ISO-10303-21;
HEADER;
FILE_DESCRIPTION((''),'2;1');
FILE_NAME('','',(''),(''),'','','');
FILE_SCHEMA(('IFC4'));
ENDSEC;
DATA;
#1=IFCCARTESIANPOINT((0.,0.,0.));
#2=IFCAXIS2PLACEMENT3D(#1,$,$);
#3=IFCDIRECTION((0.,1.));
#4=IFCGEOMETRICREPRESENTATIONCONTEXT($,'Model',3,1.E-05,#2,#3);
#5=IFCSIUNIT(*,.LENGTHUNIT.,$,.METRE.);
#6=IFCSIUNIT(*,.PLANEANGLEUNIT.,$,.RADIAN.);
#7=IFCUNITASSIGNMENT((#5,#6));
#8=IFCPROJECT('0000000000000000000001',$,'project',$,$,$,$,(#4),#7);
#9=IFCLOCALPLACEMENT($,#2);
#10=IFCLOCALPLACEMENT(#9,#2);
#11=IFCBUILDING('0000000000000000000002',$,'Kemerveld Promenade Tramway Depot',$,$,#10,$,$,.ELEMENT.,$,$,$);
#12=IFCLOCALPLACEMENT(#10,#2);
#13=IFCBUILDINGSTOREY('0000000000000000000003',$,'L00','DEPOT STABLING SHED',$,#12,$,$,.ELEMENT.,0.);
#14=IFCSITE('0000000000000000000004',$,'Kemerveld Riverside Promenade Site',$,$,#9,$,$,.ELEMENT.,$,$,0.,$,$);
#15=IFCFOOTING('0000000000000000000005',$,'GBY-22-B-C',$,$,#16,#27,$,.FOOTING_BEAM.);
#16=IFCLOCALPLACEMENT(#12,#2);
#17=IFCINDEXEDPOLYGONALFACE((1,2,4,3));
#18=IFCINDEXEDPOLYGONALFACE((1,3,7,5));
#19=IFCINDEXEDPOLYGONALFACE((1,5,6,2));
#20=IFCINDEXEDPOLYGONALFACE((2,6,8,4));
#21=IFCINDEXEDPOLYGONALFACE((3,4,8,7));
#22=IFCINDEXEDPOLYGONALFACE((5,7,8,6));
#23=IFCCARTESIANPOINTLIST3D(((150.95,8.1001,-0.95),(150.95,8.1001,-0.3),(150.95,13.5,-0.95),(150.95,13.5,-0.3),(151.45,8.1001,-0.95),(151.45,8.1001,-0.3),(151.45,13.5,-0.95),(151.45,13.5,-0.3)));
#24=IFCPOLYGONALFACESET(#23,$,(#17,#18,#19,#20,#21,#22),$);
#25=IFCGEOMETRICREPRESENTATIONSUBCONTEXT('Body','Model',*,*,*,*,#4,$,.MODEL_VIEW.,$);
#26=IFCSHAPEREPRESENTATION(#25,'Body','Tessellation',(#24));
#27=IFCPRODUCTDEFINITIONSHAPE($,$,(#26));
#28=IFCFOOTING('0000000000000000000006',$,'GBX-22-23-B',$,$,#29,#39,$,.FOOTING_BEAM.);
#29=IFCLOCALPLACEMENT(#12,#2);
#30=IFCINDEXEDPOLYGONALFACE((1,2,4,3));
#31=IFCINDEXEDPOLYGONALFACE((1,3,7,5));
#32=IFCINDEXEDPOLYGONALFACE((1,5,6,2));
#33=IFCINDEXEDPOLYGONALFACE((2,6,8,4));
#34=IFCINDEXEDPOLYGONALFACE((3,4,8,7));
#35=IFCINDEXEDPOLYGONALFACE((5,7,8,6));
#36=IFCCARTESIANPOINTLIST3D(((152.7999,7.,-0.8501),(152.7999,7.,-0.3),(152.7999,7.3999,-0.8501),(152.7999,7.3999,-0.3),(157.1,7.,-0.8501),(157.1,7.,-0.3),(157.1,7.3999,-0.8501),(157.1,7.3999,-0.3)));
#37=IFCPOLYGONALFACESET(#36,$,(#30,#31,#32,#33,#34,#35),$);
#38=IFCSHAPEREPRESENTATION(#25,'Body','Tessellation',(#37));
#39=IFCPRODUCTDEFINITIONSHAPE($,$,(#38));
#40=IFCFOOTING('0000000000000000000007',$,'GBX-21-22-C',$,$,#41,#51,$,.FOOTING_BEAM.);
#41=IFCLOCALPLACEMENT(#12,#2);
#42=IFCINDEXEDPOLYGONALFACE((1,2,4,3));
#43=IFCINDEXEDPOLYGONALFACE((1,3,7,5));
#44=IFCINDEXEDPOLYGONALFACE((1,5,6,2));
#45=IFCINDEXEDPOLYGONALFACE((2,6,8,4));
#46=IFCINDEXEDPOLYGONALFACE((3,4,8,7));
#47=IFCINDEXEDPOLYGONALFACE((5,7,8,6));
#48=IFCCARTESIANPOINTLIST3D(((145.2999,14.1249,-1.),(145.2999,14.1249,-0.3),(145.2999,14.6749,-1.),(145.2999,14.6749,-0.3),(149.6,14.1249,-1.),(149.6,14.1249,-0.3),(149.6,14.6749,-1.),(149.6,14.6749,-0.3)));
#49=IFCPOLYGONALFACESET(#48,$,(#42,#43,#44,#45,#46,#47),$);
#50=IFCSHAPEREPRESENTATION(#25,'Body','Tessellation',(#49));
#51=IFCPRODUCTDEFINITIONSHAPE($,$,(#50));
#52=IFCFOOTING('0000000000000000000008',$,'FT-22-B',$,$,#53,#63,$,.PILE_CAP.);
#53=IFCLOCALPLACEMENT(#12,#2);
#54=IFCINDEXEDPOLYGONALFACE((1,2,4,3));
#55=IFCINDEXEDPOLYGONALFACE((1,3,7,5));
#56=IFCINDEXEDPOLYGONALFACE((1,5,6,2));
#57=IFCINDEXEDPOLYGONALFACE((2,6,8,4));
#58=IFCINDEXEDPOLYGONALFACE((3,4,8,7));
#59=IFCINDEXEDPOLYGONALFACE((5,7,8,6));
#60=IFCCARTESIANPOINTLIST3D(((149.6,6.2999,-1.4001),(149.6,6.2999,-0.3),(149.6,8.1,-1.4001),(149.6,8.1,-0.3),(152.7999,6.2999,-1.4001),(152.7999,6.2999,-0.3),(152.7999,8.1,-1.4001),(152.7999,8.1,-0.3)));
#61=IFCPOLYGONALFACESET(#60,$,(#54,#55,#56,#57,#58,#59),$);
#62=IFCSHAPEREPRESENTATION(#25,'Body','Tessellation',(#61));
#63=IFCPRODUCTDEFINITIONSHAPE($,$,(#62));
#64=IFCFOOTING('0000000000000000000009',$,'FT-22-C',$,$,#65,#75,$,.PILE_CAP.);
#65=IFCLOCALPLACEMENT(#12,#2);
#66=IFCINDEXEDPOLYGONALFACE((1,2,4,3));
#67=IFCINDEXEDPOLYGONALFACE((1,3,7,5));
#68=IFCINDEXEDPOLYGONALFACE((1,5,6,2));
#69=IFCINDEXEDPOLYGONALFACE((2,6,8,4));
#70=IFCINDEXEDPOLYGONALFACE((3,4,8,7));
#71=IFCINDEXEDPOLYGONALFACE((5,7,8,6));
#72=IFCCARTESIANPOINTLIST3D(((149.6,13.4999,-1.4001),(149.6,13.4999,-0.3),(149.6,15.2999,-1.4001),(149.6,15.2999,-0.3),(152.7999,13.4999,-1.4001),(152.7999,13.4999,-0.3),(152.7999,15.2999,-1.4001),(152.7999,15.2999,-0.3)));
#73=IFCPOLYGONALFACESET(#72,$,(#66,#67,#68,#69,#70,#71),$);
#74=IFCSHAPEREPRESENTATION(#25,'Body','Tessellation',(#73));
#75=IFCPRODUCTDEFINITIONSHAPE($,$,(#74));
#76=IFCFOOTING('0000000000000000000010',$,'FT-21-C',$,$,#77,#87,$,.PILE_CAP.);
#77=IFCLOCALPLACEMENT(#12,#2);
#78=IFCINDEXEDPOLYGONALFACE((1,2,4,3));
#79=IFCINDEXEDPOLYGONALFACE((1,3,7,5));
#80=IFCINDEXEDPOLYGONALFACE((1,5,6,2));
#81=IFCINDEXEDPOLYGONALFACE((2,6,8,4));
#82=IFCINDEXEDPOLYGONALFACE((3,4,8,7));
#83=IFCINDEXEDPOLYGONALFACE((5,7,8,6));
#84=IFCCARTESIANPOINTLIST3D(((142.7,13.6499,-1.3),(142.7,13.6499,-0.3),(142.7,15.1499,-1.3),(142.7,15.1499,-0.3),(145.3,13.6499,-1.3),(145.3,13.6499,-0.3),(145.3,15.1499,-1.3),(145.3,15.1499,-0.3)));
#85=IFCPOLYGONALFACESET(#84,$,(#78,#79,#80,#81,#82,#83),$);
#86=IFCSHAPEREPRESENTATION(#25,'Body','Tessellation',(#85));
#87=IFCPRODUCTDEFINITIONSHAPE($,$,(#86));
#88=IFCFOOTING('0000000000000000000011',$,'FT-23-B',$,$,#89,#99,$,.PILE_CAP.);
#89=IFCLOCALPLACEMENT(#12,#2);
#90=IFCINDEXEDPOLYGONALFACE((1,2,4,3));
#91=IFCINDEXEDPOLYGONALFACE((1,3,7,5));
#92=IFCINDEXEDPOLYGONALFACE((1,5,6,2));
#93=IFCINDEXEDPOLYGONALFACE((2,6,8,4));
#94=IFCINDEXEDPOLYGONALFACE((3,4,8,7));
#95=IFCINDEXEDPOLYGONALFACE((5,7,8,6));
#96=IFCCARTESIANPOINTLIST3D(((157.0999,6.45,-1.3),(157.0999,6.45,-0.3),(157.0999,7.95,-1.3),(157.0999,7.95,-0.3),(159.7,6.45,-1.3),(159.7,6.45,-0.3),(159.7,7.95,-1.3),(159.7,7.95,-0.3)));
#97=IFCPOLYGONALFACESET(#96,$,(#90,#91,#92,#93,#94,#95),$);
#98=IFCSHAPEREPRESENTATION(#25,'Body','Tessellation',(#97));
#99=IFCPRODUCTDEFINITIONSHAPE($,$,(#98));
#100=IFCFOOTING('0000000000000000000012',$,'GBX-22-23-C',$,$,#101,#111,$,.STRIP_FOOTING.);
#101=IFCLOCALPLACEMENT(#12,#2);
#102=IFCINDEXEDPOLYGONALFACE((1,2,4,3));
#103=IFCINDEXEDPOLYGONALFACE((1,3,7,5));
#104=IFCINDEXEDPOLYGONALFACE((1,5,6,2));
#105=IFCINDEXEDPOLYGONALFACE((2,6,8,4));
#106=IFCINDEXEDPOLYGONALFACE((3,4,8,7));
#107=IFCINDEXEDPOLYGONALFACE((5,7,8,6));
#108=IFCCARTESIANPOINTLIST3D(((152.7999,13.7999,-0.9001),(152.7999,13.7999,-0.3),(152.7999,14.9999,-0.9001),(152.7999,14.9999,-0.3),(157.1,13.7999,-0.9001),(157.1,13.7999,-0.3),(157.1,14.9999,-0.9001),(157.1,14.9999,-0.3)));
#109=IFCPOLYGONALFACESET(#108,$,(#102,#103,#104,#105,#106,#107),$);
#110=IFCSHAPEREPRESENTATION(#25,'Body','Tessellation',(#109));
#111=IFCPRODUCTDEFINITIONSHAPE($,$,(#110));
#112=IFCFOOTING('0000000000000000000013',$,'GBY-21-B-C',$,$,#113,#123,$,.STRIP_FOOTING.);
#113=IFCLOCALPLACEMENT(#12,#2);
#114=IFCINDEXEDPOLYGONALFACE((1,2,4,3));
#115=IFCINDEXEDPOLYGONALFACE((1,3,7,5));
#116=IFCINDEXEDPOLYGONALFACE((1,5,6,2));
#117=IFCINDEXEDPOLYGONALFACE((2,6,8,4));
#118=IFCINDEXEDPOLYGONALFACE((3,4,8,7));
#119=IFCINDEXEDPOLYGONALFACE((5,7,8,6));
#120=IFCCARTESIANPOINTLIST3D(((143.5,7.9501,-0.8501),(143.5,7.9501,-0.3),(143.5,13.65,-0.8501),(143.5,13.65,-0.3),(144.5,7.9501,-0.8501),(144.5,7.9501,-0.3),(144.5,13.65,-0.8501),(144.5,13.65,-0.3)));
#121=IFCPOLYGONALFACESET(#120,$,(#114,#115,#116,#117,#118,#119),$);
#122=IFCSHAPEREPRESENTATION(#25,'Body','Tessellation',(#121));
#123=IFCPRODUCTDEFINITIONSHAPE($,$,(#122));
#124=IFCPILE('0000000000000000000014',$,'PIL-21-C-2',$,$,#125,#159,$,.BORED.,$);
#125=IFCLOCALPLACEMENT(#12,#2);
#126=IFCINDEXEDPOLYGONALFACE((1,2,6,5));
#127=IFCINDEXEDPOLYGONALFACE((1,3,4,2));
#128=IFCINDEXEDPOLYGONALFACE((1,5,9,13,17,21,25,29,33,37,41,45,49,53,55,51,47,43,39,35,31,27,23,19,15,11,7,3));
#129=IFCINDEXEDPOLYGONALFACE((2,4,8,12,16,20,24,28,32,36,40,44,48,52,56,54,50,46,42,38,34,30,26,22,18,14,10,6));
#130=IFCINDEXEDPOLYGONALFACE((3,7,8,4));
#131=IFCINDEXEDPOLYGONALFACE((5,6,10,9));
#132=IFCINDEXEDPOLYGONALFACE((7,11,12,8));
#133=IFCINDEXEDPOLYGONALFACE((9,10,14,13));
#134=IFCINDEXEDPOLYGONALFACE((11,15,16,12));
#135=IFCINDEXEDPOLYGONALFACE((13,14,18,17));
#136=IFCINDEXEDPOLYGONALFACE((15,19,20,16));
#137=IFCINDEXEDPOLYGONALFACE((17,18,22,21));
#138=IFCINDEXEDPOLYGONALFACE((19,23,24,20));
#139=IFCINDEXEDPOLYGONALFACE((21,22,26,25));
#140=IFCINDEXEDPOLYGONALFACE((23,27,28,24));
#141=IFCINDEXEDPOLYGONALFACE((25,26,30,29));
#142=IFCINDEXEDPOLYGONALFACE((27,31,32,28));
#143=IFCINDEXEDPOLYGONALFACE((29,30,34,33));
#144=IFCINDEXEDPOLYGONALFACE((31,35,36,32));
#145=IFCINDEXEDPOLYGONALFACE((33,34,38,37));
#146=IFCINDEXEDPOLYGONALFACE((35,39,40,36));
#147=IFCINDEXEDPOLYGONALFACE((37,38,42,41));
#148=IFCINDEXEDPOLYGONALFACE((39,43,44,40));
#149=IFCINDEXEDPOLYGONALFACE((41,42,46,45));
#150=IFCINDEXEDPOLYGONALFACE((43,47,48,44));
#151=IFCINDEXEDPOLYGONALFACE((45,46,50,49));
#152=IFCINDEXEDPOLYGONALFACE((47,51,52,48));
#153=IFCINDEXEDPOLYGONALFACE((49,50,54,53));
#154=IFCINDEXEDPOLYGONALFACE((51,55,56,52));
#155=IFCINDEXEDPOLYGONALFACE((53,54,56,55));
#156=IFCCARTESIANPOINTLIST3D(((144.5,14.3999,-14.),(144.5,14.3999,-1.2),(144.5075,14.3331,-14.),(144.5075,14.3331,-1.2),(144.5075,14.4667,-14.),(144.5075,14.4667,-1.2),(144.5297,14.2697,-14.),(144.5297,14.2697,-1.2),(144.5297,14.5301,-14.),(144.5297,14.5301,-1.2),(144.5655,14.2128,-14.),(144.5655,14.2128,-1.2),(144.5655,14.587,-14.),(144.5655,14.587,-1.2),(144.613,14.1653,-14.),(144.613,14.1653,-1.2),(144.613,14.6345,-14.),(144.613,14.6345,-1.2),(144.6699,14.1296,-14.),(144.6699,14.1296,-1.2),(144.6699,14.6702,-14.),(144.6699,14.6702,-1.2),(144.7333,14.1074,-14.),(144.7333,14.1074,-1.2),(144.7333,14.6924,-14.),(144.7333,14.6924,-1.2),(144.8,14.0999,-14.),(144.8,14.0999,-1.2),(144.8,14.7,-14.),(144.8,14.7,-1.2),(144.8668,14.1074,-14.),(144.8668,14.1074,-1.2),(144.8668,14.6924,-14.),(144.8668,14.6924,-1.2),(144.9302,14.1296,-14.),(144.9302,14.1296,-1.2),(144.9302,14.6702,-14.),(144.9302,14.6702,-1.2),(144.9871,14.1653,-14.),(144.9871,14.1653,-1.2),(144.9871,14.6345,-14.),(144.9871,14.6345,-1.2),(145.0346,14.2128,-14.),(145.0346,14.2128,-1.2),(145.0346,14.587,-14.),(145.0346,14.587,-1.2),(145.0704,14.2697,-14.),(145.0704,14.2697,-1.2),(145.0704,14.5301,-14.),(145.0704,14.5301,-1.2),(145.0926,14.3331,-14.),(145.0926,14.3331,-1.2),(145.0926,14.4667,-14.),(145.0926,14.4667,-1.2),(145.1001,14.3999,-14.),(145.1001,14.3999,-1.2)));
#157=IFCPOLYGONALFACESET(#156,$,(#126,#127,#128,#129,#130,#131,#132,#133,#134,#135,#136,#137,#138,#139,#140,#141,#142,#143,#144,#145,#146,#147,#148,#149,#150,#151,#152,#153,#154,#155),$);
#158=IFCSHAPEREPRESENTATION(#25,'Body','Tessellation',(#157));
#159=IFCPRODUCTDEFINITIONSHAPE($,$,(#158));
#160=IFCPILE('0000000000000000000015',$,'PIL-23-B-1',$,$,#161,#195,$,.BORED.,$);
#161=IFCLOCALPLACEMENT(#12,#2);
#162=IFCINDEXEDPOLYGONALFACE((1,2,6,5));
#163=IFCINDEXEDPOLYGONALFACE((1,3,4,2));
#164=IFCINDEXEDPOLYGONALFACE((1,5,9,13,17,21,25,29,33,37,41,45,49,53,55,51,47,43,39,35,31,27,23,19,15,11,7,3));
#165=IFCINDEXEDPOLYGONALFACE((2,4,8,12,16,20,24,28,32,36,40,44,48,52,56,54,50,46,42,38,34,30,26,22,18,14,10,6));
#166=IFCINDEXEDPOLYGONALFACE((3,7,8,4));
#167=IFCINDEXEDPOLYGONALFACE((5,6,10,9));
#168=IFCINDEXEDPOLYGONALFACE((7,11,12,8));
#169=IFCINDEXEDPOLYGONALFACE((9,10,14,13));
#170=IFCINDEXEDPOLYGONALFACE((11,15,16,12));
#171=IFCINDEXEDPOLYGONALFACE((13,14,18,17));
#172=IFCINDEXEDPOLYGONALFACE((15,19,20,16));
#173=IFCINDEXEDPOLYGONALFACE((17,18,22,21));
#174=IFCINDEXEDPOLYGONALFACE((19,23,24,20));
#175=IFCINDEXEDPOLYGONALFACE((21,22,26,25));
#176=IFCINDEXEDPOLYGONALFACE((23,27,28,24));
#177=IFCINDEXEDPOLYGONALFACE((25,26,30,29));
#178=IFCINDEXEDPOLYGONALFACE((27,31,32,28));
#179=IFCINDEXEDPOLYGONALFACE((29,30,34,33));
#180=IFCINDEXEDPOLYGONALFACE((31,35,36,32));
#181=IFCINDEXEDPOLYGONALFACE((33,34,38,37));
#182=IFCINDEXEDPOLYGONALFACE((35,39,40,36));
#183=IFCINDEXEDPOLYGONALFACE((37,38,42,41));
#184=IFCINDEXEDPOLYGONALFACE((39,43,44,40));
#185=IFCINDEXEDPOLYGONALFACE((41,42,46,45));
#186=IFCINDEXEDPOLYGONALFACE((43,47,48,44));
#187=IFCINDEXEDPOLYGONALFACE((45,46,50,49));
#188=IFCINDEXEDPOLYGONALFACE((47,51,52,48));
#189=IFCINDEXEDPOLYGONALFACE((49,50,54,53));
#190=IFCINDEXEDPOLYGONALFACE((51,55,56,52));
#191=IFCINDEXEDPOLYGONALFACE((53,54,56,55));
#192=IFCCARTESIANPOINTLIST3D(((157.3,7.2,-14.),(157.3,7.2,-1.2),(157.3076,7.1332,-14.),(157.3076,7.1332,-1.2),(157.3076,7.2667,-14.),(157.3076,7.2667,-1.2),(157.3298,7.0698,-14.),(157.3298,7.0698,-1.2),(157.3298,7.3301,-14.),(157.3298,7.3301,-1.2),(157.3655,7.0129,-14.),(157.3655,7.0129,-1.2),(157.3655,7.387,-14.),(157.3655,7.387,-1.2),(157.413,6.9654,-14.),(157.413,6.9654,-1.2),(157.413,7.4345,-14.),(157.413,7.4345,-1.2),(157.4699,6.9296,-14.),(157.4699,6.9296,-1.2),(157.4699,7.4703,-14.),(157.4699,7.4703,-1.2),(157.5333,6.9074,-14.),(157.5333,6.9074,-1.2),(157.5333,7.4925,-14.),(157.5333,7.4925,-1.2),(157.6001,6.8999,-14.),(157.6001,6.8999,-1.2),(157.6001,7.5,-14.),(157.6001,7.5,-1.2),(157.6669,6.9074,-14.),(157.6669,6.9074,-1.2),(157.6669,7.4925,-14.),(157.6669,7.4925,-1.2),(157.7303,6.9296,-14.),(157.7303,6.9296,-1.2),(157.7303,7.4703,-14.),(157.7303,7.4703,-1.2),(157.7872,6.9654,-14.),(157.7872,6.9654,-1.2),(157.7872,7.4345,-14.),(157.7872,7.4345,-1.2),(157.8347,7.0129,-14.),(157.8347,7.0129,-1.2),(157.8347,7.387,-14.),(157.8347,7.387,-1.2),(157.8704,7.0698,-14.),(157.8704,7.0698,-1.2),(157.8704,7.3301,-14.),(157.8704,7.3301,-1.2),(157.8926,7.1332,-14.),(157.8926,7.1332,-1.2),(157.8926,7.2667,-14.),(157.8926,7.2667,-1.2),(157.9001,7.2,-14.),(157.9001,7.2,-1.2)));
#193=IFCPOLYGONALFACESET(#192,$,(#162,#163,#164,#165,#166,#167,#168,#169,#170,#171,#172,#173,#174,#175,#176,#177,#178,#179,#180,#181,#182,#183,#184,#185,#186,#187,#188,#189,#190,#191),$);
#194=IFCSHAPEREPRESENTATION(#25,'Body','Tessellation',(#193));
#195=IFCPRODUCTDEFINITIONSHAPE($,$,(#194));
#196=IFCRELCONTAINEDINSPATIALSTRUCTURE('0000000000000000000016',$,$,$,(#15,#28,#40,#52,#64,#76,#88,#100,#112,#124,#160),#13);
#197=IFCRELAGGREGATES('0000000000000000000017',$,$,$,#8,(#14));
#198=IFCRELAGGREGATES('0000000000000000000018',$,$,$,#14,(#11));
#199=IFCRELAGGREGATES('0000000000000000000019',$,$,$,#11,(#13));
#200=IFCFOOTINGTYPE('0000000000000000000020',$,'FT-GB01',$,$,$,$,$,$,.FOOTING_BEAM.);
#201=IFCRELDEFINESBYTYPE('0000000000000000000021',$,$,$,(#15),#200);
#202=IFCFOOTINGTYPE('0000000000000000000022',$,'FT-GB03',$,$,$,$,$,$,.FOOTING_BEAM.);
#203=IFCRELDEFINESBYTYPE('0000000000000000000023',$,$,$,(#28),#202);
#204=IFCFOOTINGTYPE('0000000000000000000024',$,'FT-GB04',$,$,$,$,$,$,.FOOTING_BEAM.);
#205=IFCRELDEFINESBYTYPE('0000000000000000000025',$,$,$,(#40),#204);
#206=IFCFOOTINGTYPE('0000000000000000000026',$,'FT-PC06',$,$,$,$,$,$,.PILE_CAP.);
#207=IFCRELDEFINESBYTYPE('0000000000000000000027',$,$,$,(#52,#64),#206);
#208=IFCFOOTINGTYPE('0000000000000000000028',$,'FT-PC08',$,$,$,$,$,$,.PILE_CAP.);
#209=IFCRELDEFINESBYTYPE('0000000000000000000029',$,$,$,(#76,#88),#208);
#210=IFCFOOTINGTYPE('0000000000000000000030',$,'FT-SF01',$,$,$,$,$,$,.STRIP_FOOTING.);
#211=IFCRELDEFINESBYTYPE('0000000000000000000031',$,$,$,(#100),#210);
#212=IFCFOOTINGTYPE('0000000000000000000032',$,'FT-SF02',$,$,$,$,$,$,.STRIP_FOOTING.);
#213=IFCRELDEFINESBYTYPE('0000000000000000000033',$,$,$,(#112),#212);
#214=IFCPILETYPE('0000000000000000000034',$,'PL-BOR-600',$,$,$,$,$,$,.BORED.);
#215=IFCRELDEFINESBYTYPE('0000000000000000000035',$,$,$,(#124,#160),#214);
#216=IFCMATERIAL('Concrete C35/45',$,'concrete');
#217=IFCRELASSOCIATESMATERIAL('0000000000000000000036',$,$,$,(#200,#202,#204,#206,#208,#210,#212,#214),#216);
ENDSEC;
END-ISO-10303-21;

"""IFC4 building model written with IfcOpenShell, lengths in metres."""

from ifc_helpers import new_model, si_unit, direction, frame, origin, origin_2d, place, context, subcontext, project, spatial, rectangle, circle, extrude, material, material_profile, profile_set, type_object, element, save


model = new_model("IFC4")

# Units and contexts
model_context = context("Model", 3, precision=1e-05, world=origin(), true_north=direction((0.0, 1.0)))
body_context = subcontext(model_context, "Body", "Model", "MODEL_VIEW")
ifc_project = project(units=[si_unit("LENGTHUNIT", "METRE"), si_unit("PLANEANGLEUNIT", "RADIAN")], contexts=[model_context])

# Site, building, storey
site_placement = place(None, origin())
site = spatial("IfcSite", under=ifc_project, at=site_placement, Name="Kemerveld Riverside Promenade Site", CompositionType="ELEMENT", RefElevation=0.0)
building_placement = place(site_placement, origin())
building = spatial("IfcBuilding", under=site, at=building_placement, Name="Kemerveld Promenade Tramway Depot", CompositionType="ELEMENT")
storey_placement = place(building_placement, origin())
storey = spatial("IfcBuildingStorey", under=building, at=storey_placement, Name="L00", Description="DEPOT STABLING SHED", CompositionType="ELEMENT", Elevation=0.0)

# Footings
ifc_material_1 = material(Name="Concrete C35/45", Category="concrete")
footing_type_1 = type_object("IfcFootingType", Name="FT-GB01", PredefinedType="FOOTING_BEAM", material=ifc_material_1)
footing_1_placement = place(storey_placement, frame((151.2, 10.8, -0.95), z_axis=(0.0, 0.0, 1.0), x_axis=(0.0, 1.0, 0.0)))
element("IfcFooting", 1, at=footing_1_placement, inside=storey, type_object=footing_type_1, Name="GBY-22-B-C", PredefinedType="FOOTING_BEAM", context=body_context, shape_type="SweptSolid", body=[
    extrude(rectangle(XDim=5.3999, YDim=0.5, at=origin_2d()), origin(), (0.0, 0.0, 1.0), 0.6499),
])
footing_type_2 = type_object("IfcFootingType", Name="FT-GB03", PredefinedType="FOOTING_BEAM", material=ifc_material_1)
footing_2_placement = place(storey_placement, frame((154.95, 7.2, -0.8501), z_axis=(0.0, 0.0, 1.0), x_axis=(1.0, 0.0, 0.0)))
element("IfcFooting", 2, at=footing_2_placement, inside=storey, type_object=footing_type_2, Name="GBX-22-23-B", PredefinedType="FOOTING_BEAM", context=body_context, shape_type="SweptSolid", body=[
    extrude(rectangle(XDim=4.3, YDim=0.3999, at=origin_2d()), origin(), (0.0, 0.0, 1.0), 0.55),
])
footing_type_3 = type_object("IfcFootingType", Name="FT-GB04", PredefinedType="FOOTING_BEAM", material=ifc_material_1)
footing_3_placement = place(storey_placement, frame((147.45, 14.3999, -1.0), z_axis=(0.0, 0.0, 1.0), x_axis=(1.0, 0.0, 0.0)))
element("IfcFooting", 3, at=footing_3_placement, inside=storey, type_object=footing_type_3, Name="GBX-21-22-C", PredefinedType="FOOTING_BEAM", context=body_context, shape_type="SweptSolid", body=[
    extrude(rectangle(XDim=4.3, YDim=0.55, at=origin_2d()), origin(), (0.0, 0.0, 1.0), 0.7),
])
footing_type_4 = type_object("IfcFootingType", Name="FT-PC06", PredefinedType="PILE_CAP", material=ifc_material_1)
for number, where, z_axis, x_axis, name in (
    (4, (151.2, 7.2, -1.4001), (0.0, 0.0, 1.0), (1.0, 0.0, 0.0), "FT-22-B"),
    (5, (151.2, 14.3999, -1.4001), (0.0, 0.0, 1.0), (1.0, 0.0, 0.0), "FT-22-C"),
):
    element("IfcFooting", number, at=place(storey_placement, frame(where, z_axis=z_axis, x_axis=x_axis)), inside=storey, type_object=footing_type_4, Name=name, PredefinedType="PILE_CAP", context=body_context, shape_type="SweptSolid", body=[
        extrude(rectangle(XDim=3.2, YDim=1.8, at=origin_2d()), origin(), (0.0, 0.0, 1.0), 1.1001),
    ])
footing_type_5 = type_object("IfcFootingType", Name="FT-PC08", PredefinedType="PILE_CAP", material=ifc_material_1)
for number, where, z_axis, x_axis, name in (
    (6, (144.0, 14.3999, -1.3), (0.0, 0.0, 1.0), (1.0, 0.0, 0.0), "FT-21-C"),
    (7, (158.3999, 7.2, -1.3), (0.0, 0.0, 1.0), (1.0, 0.0, 0.0), "FT-23-B"),
):
    element("IfcFooting", number, at=place(storey_placement, frame(where, z_axis=z_axis, x_axis=x_axis)), inside=storey, type_object=footing_type_5, Name=name, PredefinedType="PILE_CAP", context=body_context, shape_type="SweptSolid", body=[
        extrude(rectangle(XDim=2.6001, YDim=1.5, at=origin_2d()), origin(), (0.0, 0.0, 1.0), 1.0),
    ])
footing_type_6 = type_object("IfcFootingType", Name="FT-SF01", PredefinedType="STRIP_FOOTING", material=ifc_material_1)
footing_4_placement = place(storey_placement, frame((154.95, 14.3999, -0.9001), z_axis=(0.0, 0.0, 1.0), x_axis=(1.0, 0.0, 0.0)))
element("IfcFooting", 8, at=footing_4_placement, inside=storey, type_object=footing_type_6, Name="GBX-22-23-C", PredefinedType="STRIP_FOOTING", context=body_context, shape_type="SweptSolid", body=[
    extrude(rectangle(XDim=4.3, YDim=1.2, at=origin_2d()), origin(), (0.0, 0.0, 1.0), 0.6001),
])
footing_type_7 = type_object("IfcFootingType", Name="FT-SF02", PredefinedType="STRIP_FOOTING", material=ifc_material_1)
footing_5_placement = place(storey_placement, frame((144.0, 10.8, -0.8501), z_axis=(0.0, 0.0, 1.0), x_axis=(0.0, 1.0, 0.0)))
element("IfcFooting", 9, at=footing_5_placement, inside=storey, type_object=footing_type_7, Name="GBY-21-B-C", PredefinedType="STRIP_FOOTING", context=body_context, shape_type="SweptSolid", body=[
    extrude(rectangle(XDim=5.7, YDim=1.0, at=origin_2d()), origin(), (0.0, 0.0, 1.0), 0.55),
])

# Piles
ifc_material_profile_1 = material_profile(ifc_material_1, circle(Radius=0.3, at=origin_2d()), Name="PILE-D600")
ifc_profile_set_1 = profile_set([ifc_material_profile_1], Name="Concrete C35/45")
pile_type_1 = type_object("IfcPileType", Name="PL-BOR-600", PredefinedType="BORED", material=ifc_profile_set_1)
for number, where, z_axis, x_axis, name in (
    (10, (144.8, 14.3999, -1.2), (0.0, 0.0, -1.0), (1.0, 0.0, 0.0), "PIL-21-C-2"),
    (11, (157.6001, 7.2, -1.2), (0.0, 0.0, -1.0), (1.0, 0.0, 0.0), "PIL-23-B-1"),
):
    element("IfcPile", number, at=place(storey_placement, frame(where, z_axis=z_axis, x_axis=x_axis)), inside=storey, type_object=pile_type_1, Name=name, PredefinedType="BORED", context=body_context, shape_type="SweptSolid", body=[
        extrude(circle(Radius=0.3, at=origin_2d()), origin(), (0.0, 0.0, 1.0), 12.8),
    ])

save(model, "model.ifc")
